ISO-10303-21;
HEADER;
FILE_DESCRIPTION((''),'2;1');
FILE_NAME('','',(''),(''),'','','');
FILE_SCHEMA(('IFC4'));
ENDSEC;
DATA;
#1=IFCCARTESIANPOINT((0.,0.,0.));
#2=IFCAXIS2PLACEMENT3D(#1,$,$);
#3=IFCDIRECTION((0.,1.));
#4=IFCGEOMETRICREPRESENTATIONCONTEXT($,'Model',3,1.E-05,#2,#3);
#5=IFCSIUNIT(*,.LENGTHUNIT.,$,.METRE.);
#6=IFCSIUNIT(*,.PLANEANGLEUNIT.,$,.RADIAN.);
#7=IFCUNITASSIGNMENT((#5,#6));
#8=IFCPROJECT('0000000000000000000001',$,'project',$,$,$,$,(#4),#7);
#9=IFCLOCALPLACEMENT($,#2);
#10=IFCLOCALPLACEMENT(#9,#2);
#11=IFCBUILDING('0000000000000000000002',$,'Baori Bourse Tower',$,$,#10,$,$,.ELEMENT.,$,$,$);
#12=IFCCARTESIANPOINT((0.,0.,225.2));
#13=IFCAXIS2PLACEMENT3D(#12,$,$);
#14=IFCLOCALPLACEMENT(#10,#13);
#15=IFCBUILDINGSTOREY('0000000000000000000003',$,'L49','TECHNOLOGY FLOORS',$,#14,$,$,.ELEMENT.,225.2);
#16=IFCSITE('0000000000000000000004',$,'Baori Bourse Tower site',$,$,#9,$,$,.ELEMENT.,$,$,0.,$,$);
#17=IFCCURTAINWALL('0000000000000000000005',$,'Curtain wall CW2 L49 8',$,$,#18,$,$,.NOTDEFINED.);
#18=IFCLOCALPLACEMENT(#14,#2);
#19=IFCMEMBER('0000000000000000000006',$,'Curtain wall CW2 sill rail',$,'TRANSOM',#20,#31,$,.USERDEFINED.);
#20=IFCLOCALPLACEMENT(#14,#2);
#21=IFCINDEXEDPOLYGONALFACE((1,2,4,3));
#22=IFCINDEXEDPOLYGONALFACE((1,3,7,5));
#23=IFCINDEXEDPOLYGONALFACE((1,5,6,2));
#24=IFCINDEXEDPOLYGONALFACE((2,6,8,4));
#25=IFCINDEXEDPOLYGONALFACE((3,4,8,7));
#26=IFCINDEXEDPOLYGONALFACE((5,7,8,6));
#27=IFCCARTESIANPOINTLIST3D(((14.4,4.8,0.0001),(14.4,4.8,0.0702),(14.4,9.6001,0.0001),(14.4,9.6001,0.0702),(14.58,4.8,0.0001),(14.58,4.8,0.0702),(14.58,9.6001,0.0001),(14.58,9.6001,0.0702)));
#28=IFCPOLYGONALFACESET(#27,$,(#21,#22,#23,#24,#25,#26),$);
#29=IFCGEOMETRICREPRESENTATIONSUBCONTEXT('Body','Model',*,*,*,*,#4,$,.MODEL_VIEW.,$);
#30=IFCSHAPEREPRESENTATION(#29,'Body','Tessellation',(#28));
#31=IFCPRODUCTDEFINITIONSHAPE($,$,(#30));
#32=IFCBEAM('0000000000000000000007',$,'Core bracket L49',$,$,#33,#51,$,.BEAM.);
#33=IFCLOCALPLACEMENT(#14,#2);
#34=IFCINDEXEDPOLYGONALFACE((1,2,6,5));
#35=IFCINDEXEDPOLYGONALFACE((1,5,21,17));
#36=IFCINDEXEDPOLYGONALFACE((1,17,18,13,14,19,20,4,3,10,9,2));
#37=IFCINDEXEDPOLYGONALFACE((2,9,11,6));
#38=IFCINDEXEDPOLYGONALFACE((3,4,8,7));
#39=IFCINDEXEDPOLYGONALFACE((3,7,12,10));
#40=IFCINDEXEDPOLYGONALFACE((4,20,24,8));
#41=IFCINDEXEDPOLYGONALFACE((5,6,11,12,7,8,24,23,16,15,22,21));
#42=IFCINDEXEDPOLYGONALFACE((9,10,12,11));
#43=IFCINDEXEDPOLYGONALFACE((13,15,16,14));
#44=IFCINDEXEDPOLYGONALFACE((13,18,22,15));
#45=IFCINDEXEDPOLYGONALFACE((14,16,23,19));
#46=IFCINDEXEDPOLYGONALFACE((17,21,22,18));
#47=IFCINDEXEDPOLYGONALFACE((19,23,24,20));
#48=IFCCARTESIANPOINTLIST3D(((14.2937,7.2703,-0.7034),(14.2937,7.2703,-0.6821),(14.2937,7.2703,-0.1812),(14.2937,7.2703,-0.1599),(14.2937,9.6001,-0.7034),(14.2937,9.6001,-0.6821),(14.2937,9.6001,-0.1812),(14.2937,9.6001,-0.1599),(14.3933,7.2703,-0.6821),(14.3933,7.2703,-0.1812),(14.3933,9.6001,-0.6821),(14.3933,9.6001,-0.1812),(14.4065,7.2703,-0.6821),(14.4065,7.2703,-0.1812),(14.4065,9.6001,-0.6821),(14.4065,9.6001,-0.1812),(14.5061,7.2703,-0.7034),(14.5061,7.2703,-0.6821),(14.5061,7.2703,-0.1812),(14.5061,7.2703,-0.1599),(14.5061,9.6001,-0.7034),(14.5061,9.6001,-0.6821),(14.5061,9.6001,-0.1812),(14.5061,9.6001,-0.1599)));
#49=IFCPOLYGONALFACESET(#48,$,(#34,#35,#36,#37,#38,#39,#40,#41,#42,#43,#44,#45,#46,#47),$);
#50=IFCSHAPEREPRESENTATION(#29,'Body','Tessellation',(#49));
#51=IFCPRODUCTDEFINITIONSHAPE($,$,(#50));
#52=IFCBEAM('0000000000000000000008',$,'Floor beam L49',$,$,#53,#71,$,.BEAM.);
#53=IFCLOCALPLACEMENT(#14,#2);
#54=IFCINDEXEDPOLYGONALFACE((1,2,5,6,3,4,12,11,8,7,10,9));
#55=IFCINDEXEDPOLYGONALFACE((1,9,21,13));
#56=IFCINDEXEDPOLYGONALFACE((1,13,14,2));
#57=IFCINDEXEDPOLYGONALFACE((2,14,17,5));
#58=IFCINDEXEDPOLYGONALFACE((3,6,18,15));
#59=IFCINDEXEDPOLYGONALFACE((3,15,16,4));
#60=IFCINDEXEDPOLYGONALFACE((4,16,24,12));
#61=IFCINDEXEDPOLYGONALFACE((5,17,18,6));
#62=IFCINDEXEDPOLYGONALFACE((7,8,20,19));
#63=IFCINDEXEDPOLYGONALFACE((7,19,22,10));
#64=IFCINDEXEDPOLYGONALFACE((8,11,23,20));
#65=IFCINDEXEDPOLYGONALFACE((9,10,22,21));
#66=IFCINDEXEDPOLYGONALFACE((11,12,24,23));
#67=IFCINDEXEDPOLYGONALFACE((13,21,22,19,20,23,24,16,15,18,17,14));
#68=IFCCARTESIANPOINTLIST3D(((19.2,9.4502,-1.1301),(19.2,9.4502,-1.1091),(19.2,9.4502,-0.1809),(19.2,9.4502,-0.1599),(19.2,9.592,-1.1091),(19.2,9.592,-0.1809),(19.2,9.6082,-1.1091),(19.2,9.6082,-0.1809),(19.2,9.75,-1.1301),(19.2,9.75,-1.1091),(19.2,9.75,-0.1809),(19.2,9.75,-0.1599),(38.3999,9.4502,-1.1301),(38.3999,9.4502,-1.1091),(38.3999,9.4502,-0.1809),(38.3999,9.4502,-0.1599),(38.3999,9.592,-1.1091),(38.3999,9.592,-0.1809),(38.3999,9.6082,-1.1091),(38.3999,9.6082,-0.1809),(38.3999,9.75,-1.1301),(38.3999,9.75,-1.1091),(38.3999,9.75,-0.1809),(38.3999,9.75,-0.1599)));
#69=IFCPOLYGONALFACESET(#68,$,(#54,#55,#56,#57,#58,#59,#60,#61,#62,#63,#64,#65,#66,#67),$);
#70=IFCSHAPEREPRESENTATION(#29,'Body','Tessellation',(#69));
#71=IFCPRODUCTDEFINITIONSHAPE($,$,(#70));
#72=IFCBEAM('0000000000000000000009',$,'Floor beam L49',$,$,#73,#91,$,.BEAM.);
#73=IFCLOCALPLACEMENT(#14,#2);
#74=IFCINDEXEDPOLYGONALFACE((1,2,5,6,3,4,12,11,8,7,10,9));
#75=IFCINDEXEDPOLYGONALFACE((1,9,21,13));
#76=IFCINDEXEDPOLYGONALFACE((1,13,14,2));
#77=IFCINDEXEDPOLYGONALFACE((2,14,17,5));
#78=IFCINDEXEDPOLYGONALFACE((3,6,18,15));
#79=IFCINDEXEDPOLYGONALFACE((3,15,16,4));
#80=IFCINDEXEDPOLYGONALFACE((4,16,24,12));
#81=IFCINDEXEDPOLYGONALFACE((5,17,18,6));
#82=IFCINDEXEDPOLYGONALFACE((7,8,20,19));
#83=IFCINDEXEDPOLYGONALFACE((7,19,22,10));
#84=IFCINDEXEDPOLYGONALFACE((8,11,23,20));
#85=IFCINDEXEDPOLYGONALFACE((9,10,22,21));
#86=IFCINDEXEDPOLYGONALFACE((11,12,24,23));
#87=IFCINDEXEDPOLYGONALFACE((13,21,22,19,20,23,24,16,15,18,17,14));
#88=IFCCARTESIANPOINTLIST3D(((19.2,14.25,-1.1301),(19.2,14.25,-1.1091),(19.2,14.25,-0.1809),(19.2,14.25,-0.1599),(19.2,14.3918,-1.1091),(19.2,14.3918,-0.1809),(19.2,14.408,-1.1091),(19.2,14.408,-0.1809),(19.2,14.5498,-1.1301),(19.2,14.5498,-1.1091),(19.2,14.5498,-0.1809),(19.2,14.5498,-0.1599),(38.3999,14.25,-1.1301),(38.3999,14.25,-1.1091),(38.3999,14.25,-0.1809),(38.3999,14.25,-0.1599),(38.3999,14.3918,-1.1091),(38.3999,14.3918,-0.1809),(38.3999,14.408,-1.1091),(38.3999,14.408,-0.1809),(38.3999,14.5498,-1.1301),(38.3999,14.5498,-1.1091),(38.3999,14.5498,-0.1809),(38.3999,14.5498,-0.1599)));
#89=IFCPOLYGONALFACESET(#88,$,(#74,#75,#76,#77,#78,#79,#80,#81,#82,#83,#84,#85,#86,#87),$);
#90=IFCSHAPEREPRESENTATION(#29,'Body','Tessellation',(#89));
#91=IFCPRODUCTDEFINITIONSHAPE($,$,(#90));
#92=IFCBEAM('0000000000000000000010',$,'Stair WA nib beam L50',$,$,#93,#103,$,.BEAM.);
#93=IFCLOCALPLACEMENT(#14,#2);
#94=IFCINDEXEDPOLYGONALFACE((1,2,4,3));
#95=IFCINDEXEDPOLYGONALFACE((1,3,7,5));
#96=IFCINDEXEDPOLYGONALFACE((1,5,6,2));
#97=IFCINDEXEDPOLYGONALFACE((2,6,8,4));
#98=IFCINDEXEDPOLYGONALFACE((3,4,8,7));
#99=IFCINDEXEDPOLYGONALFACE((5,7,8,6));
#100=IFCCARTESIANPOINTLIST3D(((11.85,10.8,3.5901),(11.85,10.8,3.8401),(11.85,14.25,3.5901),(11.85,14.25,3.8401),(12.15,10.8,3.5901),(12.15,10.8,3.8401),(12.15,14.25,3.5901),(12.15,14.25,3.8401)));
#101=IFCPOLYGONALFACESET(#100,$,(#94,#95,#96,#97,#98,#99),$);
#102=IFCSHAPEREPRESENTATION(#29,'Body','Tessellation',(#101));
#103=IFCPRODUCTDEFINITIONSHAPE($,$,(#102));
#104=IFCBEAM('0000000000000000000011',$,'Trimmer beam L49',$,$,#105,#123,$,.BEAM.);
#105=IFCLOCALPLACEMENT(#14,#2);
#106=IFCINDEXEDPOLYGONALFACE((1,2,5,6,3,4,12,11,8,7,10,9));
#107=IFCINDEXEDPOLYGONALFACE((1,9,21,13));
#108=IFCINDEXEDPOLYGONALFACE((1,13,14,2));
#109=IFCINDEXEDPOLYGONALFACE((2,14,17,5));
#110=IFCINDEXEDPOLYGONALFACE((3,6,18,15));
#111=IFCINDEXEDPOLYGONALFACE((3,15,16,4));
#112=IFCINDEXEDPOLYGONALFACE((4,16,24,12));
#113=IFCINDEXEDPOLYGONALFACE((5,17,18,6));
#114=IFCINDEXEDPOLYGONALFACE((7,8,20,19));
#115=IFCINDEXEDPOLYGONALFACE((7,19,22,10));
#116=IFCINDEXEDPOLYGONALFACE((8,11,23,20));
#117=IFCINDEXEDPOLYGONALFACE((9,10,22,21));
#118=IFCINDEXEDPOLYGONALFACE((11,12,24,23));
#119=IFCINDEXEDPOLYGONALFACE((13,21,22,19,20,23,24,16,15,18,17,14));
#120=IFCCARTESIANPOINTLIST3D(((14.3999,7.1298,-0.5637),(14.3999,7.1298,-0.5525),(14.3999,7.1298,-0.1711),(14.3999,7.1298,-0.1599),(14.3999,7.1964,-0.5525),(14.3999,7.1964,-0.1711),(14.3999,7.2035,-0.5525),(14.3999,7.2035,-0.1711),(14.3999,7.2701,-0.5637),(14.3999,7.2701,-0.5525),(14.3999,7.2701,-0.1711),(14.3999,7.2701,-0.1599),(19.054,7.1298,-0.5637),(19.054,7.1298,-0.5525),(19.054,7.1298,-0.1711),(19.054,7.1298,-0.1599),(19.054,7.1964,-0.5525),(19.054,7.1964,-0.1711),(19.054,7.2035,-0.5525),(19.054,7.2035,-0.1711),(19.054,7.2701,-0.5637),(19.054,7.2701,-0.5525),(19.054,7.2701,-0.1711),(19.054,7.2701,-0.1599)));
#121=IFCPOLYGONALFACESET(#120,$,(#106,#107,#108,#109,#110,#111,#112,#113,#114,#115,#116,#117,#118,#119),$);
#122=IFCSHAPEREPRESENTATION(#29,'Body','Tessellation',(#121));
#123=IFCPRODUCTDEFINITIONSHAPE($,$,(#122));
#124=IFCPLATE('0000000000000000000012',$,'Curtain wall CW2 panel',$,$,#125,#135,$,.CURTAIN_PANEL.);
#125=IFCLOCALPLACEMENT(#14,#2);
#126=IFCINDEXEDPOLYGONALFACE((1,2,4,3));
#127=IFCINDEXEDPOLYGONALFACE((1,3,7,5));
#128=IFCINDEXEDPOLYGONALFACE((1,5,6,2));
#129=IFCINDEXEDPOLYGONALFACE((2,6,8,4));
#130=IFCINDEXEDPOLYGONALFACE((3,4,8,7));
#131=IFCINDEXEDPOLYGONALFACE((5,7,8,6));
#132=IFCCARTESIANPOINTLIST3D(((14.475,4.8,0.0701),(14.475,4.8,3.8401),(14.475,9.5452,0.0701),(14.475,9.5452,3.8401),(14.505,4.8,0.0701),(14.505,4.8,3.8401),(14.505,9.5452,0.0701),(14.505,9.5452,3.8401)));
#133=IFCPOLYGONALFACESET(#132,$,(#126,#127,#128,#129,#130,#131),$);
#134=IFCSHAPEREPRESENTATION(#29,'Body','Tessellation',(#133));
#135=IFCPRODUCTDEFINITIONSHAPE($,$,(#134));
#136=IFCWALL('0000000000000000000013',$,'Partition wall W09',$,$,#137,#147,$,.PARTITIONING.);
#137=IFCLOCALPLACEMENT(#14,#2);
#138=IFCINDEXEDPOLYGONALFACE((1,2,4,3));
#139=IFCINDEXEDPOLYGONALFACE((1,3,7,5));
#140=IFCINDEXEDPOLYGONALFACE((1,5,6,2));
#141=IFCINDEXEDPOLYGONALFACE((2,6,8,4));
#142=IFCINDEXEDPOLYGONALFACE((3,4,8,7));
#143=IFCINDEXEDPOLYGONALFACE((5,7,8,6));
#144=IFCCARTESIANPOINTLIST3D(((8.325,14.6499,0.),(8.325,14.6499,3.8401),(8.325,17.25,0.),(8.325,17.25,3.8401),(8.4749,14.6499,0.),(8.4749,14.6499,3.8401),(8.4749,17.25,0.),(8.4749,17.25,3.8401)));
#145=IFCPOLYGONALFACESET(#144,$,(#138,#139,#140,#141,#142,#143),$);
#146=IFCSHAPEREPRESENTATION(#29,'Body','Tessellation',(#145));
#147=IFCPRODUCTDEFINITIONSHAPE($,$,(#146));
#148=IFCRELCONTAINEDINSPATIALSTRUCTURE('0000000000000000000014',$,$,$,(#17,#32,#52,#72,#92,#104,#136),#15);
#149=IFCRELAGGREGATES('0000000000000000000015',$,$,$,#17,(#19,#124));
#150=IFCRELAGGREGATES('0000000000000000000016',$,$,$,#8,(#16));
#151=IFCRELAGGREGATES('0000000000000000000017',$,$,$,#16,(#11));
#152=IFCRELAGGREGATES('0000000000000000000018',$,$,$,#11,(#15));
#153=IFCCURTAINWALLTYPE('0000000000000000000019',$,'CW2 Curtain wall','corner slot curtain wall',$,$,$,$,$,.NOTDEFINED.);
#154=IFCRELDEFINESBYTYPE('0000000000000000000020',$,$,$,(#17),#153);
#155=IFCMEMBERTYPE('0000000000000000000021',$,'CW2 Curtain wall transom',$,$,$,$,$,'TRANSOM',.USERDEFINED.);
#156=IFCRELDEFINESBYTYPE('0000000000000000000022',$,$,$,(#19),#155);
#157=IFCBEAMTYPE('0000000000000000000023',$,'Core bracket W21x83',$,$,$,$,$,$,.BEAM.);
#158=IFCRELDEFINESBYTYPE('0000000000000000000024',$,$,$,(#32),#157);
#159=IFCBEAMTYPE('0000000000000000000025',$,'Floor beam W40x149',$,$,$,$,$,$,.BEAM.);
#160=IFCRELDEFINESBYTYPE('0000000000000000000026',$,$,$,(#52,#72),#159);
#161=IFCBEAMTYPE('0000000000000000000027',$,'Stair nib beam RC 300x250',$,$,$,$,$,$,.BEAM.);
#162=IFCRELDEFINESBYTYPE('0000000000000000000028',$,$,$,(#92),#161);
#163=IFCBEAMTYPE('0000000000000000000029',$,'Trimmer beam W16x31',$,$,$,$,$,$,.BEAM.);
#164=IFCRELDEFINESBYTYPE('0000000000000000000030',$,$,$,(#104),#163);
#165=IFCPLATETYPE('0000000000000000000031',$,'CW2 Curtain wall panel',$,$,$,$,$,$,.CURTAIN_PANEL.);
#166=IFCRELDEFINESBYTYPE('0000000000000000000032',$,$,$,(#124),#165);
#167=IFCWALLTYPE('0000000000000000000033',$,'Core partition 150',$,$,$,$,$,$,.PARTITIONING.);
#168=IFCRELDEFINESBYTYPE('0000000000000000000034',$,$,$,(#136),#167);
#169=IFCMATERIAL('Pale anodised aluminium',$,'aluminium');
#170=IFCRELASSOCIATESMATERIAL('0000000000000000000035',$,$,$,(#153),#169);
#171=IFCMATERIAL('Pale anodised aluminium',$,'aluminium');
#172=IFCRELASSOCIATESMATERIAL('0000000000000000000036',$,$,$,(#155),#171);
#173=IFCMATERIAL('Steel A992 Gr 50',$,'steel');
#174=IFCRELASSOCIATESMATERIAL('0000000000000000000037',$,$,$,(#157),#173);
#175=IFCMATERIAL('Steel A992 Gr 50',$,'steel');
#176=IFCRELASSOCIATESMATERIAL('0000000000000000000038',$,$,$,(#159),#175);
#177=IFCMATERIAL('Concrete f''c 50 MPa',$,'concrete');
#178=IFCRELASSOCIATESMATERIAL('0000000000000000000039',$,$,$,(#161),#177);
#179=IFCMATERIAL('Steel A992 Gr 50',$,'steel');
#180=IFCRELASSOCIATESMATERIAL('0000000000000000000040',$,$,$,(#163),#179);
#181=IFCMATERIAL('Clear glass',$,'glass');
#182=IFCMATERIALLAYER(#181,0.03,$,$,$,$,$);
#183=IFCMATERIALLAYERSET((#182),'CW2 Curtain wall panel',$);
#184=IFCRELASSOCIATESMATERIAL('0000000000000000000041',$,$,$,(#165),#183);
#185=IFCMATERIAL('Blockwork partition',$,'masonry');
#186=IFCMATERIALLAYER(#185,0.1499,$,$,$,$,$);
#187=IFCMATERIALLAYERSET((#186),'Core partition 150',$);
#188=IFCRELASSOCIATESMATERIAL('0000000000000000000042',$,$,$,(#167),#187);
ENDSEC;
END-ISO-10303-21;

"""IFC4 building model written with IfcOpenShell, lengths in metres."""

from ifc_helpers import new_model, si_unit, direction, frame, frame_2d, origin, origin_2d, place, context, subcontext, project, spatial, rectangle, i_section, extrude, material, layer, layer_set, material_profile, profile_set, type_object, element, aggregate, save


model = new_model("IFC4")

# Units and contexts
model_context = context("Model", 3, precision=1e-05, world=origin(), true_north=direction((0.0, 1.0)))
body_context = subcontext(model_context, "Body", "Model", "MODEL_VIEW")
ifc_project = project(units=[si_unit("LENGTHUNIT", "METRE"), si_unit("PLANEANGLEUNIT", "RADIAN")], contexts=[model_context])

# Site, building, storey
site_placement = place(None, origin())
site = spatial("IfcSite", under=ifc_project, at=site_placement, Name="Baori Bourse Tower site", CompositionType="ELEMENT", RefElevation=0.0)
building_placement = place(site_placement, origin())
building = spatial("IfcBuilding", under=site, at=building_placement, Name="Baori Bourse Tower", CompositionType="ELEMENT")
storey_placement = place(building_placement, frame((0.0, 0.0, 225.2)))
storey = spatial("IfcBuildingStorey", under=building, at=storey_placement, Name="L49", Description="TECHNOLOGY FLOORS", CompositionType="ELEMENT", Elevation=225.2)

# Curtain wall, member
ifc_material_1 = material(Name="Pale anodised aluminium", Category="aluminium")
curtain_wall_type = type_object("IfcCurtainWallType", Name="CW2 Curtain wall", Description="corner slot curtain wall", PredefinedType="NOTDEFINED", material=ifc_material_1)
curtain_wall_placement = place(storey_placement, origin())
curtain_wall = element("IfcCurtainWall", 1, at=curtain_wall_placement, inside=storey, type_object=curtain_wall_type, Name="Curtain wall CW2 L49 8", PredefinedType="NOTDEFINED")
ifc_material_2 = material(Name="Pale anodised aluminium", Category="aluminium")
ifc_material_profile_1 = material_profile(ifc_material_2, rectangle(XDim=0.1799, YDim=0.0701, at=origin_2d()), Name="Transom 70x180")
ifc_profile_set_1 = profile_set([ifc_material_profile_1], Name="Pale anodised aluminium")
member_type = type_object("IfcMemberType", Name="CW2 Curtain wall transom", ElementType="TRANSOM", PredefinedType="USERDEFINED", material=ifc_profile_set_1)
member_placement = place(storey_placement, frame((14.49, 9.6001, 0.0352), z_axis=(0.0, -1.0, 0.0), x_axis=(1.0, 0.0, 0.0)))
member = element("IfcMember", 2, at=member_placement, type_object=member_type, Name="Curtain wall CW2 sill rail", ObjectType="TRANSOM", PredefinedType="USERDEFINED", context=body_context, shape_type="SweptSolid", body=[
    extrude(rectangle(XDim=0.1799, YDim=0.0701, at=origin_2d()), origin(), (0.0, 0.0, 1.0), 4.8),
])

# Beams
ifc_material_3 = material(Name="Steel A992 Gr 50", Category="steel")
ifc_material_profile_2 = material_profile(ifc_material_3, i_section(OverallWidth=0.2124, OverallDepth=0.5435, WebThickness=0.0132, FlangeThickness=0.0212, at=origin_2d()), Name="W21x83")
ifc_profile_set_2 = profile_set([ifc_material_profile_2], Name="Steel A992 Gr 50")
beam_type_1 = type_object("IfcBeamType", Name="Core bracket W21x83", PredefinedType="BEAM", material=ifc_profile_set_2)
beam_1_placement = place(storey_placement, frame((14.3999, 7.2703, -0.4316), z_axis=(0.0, 1.0, 0.0), x_axis=(-1.0, 0.0, 0.0)))
element("IfcBeam", 3, at=beam_1_placement, inside=storey, type_object=beam_type_1, Name="Core bracket L49", PredefinedType="BEAM", context=body_context, shape_type="SweptSolid", body=[
    extrude(i_section(OverallWidth=0.2124, OverallDepth=0.5435, WebThickness=0.0132, FlangeThickness=0.0212, at=origin_2d()), origin(), (0.0, 0.0, 1.0), 2.3298),
])
ifc_material_4 = material(Name="Steel A992 Gr 50", Category="steel")
ifc_material_profile_3 = material_profile(ifc_material_4, i_section(OverallWidth=0.2998, OverallDepth=0.9702, WebThickness=0.0161, FlangeThickness=0.021, at=origin_2d()), Name="W40x149")
ifc_profile_set_3 = profile_set([ifc_material_profile_3], Name="Steel A992 Gr 50")
beam_type_2 = type_object("IfcBeamType", Name="Floor beam W40x149", PredefinedType="BEAM", material=ifc_profile_set_3)
for number, where, z_axis, x_axis, name in (
    (4, (19.2, 9.6001, -0.645), (1.0, 0.0, 0.0), (0.0, 1.0, 0.0), "Floor beam L49"),
    (5, (19.2, 14.3999, -0.645), (1.0, 0.0, 0.0), (0.0, 1.0, 0.0), "Floor beam L49"),
):
    element("IfcBeam", number, at=place(storey_placement, frame(where, z_axis=z_axis, x_axis=x_axis)), inside=storey, type_object=beam_type_2, Name=name, PredefinedType="BEAM", context=body_context, shape_type="SweptSolid", body=[
        extrude(i_section(OverallWidth=0.2998, OverallDepth=0.9702, WebThickness=0.0161, FlangeThickness=0.021, at=origin_2d()), origin(), (0.0, 0.0, 1.0), 19.2),
    ])
ifc_material_5 = material(Name="Concrete f'c 50 MPa", Category="concrete")
ifc_material_profile_4 = material_profile(ifc_material_5, rectangle(XDim=0.3, YDim=0.25, at=origin_2d()), Name="RC 300x250")
ifc_profile_set_4 = profile_set([ifc_material_profile_4], Name="Concrete f'c 50 MPa")
beam_type_3 = type_object("IfcBeamType", Name="Stair nib beam RC 300x250", PredefinedType="BEAM", material=ifc_profile_set_4)
beam_2_placement = place(storey_placement, frame((12.0, 10.8, 3.7151), z_axis=(0.0, 1.0, 0.0), x_axis=(-1.0, 0.0, 0.0)))
element("IfcBeam", 6, at=beam_2_placement, inside=storey, type_object=beam_type_3, Name="Stair WA nib beam L50", PredefinedType="BEAM", context=body_context, shape_type="SweptSolid", body=[
    extrude(rectangle(XDim=0.3, YDim=0.25, at=origin_2d()), origin(), (0.0, 0.0, 1.0), 3.45),
])
ifc_material_6 = material(Name="Steel A992 Gr 50", Category="steel")
ifc_material_profile_5 = material_profile(ifc_material_6, i_section(OverallWidth=0.1404, OverallDepth=0.4038, WebThickness=0.0071, FlangeThickness=0.0112, at=origin_2d()), Name="W16x31")
ifc_profile_set_5 = profile_set([ifc_material_profile_5], Name="Steel A992 Gr 50")
beam_type_4 = type_object("IfcBeamType", Name="Trimmer beam W16x31", PredefinedType="BEAM", material=ifc_profile_set_5)
beam_3_placement = place(storey_placement, frame((14.3999, 7.2, -0.3618), z_axis=(1.0, 0.0, 0.0), x_axis=(0.0, 1.0, 0.0)))
element("IfcBeam", 7, at=beam_3_placement, inside=storey, type_object=beam_type_4, Name="Trimmer beam L49", PredefinedType="BEAM", context=body_context, shape_type="SweptSolid", body=[
    extrude(i_section(OverallWidth=0.1404, OverallDepth=0.4038, WebThickness=0.0071, FlangeThickness=0.0112, at=origin_2d()), origin(), (0.0, 0.0, 1.0), 4.6541),
])

# Plate
ifc_material_7 = material(Name="Clear glass", Category="glass")
ifc_layer_1 = layer(ifc_material_7, 0.03)
ifc_layer_set_1 = layer_set([ifc_layer_1], Name="CW2 Curtain wall panel")
plate_type = type_object("IfcPlateType", Name="CW2 Curtain wall panel", PredefinedType="CURTAIN_PANEL", material=ifc_layer_set_1)
plate_placement = place(storey_placement, frame((14.49, 7.1726, 0.0701), z_axis=(0.0, 0.0, 1.0), x_axis=(0.0, -1.0, 0.0)))
plate = element("IfcPlate", 8, at=plate_placement, type_object=plate_type, Name="Curtain wall CW2 panel", PredefinedType="CURTAIN_PANEL", context=body_context, shape_type="SweptSolid", body=[
    extrude(rectangle(XDim=4.7451, YDim=0.03, at=origin_2d()), origin(), (0.0, 0.0, 1.0), 3.77),
])
aggregate(curtain_wall, [member, plate])

# Wall
ifc_material_8 = material(Name="Blockwork partition", Category="masonry")
ifc_layer_2 = layer(ifc_material_8, 0.1499)
ifc_layer_set_2 = layer_set([ifc_layer_2], Name="Core partition 150")
wall_type_1 = type_object("IfcWallType", Name="Core partition 150", PredefinedType="PARTITIONING", material=ifc_layer_set_2)
wall_1_placement = place(storey_placement, frame((8.3999, 14.6499, 0.0), z_axis=(0.0, 0.0, 1.0), x_axis=(0.0, 1.0, 0.0)))
element("IfcWall", 9, at=wall_1_placement, inside=storey, type_object=wall_type_1, Name="Partition wall W09", PredefinedType="PARTITIONING", context=body_context, shape_type="SweptSolid", body=[
    extrude(rectangle(XDim=2.6001, YDim=0.1499, at=frame_2d((1.3, 0.0))), origin(), (0.0, 0.0, 1.0), 3.8401),
])

save(model, "model.ifc")
